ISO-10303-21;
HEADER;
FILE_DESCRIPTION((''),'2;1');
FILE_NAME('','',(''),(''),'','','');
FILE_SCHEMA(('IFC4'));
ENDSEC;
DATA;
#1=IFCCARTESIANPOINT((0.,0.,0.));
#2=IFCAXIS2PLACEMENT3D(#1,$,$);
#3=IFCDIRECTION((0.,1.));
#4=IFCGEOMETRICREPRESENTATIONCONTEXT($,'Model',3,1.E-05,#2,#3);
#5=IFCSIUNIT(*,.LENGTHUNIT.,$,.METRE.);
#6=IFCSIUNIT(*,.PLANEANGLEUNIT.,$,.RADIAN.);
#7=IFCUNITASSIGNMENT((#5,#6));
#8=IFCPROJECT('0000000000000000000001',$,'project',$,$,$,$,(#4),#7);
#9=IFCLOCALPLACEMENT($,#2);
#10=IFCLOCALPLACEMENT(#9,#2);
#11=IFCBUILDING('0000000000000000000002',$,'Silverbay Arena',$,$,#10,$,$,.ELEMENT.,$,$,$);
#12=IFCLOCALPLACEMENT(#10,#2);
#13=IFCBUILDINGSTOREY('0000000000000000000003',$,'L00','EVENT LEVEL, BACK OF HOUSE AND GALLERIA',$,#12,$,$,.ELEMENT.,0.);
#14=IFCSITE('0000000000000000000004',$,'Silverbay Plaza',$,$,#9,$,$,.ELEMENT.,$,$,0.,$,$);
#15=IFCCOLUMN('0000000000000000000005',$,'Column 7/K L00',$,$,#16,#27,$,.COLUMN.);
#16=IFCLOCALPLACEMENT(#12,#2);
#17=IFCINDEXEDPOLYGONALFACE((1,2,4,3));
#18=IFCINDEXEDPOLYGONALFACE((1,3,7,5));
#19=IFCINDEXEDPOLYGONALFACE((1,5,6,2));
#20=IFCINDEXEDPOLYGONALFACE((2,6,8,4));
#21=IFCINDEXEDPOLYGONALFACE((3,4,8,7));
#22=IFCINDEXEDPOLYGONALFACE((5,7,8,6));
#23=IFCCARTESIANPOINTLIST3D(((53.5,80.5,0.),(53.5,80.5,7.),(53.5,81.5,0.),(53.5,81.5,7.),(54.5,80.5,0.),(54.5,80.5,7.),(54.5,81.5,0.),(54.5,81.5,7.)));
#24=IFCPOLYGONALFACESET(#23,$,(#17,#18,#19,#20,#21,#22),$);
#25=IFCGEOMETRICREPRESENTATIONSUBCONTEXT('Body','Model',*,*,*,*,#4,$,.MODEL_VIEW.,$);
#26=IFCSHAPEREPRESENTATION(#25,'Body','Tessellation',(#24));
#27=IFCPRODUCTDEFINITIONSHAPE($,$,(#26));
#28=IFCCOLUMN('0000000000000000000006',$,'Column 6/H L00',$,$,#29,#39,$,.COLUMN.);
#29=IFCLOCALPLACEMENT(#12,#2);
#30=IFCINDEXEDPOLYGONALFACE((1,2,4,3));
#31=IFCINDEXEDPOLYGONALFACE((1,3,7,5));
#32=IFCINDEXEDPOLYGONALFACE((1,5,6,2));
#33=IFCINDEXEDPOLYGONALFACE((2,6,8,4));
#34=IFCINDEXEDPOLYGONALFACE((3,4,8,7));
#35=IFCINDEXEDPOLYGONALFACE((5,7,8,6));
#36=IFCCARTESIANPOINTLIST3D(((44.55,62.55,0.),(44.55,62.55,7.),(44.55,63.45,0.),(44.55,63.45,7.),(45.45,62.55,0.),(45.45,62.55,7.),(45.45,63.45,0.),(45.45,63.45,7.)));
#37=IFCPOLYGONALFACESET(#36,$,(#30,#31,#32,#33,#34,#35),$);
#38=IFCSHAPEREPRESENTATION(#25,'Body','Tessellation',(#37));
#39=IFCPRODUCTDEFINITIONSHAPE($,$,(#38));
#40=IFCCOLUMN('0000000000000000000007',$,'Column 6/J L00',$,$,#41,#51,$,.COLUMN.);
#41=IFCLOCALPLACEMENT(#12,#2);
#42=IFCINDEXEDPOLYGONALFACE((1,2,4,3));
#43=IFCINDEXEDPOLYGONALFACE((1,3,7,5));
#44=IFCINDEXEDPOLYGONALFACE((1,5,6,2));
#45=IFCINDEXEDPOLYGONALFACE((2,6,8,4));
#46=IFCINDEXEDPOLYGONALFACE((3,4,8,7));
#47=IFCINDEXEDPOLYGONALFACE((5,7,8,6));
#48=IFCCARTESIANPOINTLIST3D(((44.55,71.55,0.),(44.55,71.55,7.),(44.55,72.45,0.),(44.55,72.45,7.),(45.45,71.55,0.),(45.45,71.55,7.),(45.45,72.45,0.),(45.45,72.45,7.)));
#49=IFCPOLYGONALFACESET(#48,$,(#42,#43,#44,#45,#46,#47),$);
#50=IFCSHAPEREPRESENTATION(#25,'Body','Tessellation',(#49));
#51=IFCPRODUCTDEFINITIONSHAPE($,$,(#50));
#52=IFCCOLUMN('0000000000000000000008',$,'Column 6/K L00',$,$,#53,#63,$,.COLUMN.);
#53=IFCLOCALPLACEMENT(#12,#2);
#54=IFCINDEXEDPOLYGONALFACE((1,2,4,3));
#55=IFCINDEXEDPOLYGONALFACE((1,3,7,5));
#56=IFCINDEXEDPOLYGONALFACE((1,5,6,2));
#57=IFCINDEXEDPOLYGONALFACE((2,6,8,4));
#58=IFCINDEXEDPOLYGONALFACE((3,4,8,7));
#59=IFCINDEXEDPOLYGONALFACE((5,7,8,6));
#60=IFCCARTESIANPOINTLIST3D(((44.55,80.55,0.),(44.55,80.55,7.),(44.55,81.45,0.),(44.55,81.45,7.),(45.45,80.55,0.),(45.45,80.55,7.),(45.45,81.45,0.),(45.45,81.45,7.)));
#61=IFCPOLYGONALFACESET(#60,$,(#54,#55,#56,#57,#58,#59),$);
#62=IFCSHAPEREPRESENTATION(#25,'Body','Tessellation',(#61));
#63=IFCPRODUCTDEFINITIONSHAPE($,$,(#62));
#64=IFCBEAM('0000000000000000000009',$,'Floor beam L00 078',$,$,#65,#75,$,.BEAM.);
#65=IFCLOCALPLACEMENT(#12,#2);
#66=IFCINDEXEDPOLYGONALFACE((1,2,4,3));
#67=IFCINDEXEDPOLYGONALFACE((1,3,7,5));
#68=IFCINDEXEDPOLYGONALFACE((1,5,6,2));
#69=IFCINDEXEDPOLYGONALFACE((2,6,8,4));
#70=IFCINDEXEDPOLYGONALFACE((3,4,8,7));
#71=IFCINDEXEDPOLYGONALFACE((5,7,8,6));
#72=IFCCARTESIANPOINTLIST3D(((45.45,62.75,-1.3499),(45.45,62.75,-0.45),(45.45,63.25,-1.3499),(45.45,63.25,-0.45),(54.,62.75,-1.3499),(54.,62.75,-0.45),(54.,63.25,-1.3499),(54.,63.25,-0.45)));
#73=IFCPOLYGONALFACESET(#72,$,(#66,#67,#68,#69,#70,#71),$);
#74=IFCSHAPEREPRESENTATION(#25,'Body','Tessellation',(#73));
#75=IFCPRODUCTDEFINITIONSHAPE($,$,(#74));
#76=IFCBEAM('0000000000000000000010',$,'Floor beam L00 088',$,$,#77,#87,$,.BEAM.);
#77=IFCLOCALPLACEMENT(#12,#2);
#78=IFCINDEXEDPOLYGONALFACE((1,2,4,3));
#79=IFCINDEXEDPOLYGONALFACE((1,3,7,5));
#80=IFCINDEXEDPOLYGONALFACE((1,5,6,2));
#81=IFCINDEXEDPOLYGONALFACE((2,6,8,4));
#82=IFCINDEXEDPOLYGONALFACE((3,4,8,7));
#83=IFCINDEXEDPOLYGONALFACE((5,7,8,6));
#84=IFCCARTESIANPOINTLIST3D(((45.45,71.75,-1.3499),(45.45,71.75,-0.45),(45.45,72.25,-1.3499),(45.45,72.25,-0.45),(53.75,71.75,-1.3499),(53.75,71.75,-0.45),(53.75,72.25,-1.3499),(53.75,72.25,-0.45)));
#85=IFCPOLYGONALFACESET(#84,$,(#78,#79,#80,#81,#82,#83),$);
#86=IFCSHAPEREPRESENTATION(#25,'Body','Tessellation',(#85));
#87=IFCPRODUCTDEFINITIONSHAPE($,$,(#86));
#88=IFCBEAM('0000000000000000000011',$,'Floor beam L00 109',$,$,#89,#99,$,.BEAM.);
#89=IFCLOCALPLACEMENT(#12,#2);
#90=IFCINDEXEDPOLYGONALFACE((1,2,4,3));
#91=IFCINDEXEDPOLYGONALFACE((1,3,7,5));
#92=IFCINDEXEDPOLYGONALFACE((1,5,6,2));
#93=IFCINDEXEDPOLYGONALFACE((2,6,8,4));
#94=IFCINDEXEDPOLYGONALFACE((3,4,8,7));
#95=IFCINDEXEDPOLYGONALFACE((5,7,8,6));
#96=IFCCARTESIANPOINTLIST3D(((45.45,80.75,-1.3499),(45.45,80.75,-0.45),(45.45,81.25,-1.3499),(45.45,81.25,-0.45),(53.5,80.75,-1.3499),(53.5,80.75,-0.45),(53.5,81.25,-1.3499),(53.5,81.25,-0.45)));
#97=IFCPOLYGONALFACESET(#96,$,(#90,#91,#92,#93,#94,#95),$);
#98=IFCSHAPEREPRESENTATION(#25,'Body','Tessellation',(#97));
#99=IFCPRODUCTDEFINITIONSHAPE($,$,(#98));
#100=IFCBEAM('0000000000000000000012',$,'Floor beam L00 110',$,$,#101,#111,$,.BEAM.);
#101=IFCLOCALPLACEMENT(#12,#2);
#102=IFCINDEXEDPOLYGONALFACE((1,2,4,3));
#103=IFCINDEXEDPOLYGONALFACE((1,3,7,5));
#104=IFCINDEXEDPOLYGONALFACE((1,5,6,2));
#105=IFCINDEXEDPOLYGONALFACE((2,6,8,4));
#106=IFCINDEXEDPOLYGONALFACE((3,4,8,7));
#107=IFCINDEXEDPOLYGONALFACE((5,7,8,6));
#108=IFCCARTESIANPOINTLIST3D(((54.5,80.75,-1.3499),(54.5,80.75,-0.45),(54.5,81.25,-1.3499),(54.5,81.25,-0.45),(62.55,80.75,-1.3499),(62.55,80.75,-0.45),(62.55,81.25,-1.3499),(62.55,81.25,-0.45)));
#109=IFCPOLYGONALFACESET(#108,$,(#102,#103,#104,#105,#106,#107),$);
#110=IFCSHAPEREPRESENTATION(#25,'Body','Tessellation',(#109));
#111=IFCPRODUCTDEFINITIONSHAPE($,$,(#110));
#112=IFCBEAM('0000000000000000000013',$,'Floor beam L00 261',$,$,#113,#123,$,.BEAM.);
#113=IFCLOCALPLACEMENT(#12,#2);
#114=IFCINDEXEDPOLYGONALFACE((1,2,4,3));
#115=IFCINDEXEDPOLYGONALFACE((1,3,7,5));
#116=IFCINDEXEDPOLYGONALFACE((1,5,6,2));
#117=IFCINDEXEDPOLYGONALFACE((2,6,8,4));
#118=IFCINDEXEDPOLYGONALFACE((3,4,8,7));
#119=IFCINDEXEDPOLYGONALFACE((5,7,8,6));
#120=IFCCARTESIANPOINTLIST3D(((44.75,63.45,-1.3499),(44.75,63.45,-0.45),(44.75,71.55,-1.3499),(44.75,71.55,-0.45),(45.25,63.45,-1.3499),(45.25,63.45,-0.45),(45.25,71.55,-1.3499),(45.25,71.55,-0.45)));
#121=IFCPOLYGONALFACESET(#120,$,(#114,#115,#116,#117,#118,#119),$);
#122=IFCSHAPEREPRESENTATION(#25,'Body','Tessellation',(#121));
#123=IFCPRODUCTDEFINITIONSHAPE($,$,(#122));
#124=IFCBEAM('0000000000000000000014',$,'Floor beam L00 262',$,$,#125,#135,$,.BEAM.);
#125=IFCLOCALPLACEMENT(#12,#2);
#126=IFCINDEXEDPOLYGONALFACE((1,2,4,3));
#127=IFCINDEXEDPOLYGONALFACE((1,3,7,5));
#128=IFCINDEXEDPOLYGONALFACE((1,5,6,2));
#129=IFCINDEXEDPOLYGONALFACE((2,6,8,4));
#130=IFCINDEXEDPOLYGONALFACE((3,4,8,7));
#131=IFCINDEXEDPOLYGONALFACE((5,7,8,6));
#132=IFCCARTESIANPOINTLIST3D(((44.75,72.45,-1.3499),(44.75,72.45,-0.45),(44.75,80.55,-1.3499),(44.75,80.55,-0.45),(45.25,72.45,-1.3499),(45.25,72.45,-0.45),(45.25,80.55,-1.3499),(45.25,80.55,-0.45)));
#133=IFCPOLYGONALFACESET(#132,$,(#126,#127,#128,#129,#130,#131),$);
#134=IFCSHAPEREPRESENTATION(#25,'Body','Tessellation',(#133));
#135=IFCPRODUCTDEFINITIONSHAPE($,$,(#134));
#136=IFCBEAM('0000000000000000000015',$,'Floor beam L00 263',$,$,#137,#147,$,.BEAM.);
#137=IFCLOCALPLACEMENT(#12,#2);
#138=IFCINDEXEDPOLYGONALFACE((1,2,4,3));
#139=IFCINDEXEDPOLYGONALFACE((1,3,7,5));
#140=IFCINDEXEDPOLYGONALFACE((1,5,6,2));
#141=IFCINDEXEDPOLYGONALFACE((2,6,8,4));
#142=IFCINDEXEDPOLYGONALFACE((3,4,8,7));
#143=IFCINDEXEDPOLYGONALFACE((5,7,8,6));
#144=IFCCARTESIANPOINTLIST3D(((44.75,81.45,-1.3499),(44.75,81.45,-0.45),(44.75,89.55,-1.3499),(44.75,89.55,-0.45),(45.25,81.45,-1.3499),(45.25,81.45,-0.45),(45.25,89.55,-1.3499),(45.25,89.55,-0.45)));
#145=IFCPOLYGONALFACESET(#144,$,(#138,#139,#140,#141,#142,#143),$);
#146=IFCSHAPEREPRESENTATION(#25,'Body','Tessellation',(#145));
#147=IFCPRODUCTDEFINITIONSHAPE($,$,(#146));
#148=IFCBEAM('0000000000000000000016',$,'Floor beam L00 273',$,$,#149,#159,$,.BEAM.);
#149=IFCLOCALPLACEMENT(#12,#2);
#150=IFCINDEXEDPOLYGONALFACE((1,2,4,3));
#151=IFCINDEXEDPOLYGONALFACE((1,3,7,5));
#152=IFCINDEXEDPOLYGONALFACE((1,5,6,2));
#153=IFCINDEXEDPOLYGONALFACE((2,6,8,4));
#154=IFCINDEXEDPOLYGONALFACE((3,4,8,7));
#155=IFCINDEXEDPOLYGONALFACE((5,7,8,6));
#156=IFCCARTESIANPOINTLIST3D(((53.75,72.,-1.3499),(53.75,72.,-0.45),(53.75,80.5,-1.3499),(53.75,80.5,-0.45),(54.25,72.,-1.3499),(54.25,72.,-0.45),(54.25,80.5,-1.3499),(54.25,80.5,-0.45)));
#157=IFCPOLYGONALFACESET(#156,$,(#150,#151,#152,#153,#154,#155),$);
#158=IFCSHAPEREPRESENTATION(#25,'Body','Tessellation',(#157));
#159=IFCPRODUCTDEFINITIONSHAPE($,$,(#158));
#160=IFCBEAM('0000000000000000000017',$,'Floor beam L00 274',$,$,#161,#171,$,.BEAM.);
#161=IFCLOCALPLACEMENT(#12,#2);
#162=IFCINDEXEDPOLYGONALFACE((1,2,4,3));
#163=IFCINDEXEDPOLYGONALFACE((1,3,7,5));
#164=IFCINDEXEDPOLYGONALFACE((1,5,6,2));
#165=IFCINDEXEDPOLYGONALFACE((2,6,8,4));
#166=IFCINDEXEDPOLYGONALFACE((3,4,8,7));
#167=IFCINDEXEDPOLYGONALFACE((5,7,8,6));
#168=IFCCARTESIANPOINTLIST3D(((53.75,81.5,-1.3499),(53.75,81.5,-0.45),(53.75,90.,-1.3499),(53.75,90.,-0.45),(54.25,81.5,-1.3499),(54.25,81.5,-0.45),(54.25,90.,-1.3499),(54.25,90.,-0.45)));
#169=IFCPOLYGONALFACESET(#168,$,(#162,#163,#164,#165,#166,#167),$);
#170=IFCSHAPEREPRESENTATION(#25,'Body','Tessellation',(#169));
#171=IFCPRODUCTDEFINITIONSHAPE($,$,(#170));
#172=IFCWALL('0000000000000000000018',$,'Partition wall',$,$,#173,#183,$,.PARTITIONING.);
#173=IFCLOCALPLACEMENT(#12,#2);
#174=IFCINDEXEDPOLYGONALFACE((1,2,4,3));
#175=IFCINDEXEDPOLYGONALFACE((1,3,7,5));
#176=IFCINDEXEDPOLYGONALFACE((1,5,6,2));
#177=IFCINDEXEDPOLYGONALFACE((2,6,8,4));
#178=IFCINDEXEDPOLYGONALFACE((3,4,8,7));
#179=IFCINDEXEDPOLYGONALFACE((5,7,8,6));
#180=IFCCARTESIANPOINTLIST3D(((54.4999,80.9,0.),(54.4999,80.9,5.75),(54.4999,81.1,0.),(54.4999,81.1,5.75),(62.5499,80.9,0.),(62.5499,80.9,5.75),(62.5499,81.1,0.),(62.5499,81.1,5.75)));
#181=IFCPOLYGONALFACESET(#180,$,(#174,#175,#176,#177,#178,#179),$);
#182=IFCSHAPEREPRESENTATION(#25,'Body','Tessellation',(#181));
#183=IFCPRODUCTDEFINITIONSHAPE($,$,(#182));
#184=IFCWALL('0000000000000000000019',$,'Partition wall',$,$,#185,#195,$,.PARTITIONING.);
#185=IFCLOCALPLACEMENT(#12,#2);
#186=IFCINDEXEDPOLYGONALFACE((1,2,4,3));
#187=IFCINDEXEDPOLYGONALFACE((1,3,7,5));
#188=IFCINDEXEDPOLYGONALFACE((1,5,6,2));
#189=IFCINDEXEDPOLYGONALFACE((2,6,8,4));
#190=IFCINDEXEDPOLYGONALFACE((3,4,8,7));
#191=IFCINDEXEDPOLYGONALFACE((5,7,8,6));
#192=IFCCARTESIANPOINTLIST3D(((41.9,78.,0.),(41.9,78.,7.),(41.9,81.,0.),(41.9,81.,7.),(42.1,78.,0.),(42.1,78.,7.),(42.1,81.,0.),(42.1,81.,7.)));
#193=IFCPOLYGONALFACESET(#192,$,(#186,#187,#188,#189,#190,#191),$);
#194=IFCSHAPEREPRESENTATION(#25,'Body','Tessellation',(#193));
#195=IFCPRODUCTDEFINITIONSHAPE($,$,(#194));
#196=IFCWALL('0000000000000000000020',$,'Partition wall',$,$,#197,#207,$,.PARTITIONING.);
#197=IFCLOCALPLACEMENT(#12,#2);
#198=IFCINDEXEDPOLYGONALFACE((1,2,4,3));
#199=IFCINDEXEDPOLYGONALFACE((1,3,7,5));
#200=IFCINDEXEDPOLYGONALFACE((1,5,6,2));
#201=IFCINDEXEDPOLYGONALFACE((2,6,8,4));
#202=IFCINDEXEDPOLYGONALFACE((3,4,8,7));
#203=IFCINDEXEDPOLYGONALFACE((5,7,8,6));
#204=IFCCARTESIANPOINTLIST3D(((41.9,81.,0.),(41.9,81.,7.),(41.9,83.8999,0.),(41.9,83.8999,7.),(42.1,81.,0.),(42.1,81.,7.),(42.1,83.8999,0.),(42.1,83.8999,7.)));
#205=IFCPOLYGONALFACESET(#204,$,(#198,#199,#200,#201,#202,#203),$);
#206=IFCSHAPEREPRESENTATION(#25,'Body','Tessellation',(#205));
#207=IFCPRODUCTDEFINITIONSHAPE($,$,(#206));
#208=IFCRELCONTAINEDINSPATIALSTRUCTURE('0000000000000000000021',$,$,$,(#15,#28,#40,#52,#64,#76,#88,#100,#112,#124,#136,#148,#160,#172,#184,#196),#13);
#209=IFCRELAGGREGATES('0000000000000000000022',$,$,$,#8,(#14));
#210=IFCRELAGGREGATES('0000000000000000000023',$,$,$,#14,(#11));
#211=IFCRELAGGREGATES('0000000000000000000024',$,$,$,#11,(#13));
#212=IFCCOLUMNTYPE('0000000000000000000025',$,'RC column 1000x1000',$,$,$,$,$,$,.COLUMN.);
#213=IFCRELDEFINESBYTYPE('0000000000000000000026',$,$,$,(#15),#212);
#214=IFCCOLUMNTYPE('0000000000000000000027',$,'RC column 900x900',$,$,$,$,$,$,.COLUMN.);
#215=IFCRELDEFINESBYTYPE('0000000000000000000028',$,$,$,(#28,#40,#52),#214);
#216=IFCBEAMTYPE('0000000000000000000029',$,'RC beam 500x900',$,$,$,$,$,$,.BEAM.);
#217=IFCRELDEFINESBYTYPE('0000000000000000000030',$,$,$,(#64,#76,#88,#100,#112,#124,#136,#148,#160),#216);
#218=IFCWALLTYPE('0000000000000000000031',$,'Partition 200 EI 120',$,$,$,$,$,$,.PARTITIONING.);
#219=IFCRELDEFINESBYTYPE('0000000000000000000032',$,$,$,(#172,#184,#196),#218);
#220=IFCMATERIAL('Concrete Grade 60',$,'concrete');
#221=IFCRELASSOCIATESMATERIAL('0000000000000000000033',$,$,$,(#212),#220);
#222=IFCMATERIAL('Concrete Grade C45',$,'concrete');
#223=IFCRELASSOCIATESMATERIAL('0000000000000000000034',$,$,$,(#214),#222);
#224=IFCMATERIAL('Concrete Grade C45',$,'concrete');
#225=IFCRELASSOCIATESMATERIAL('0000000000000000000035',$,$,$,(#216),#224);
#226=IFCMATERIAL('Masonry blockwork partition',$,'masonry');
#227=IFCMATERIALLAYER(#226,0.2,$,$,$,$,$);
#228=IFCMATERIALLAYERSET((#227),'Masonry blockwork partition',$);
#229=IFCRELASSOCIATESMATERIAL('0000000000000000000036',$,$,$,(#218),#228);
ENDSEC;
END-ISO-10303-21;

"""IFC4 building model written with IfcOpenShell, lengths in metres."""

from ifc_helpers import new_model, si_unit, direction, frame, frame_2d, origin, origin_2d, place, context, subcontext, project, spatial, rectangle, extrude, material, layer, layer_set, material_profile, profile_set, type_object, element, save


model = new_model("IFC4")

# Units and contexts
model_context = context("Model", 3, precision=1e-05, world=origin(), true_north=direction((0.0, 1.0)))
body_context = subcontext(model_context, "Body", "Model", "MODEL_VIEW")
ifc_project = project(units=[si_unit("LENGTHUNIT", "METRE"), si_unit("PLANEANGLEUNIT", "RADIAN")], contexts=[model_context])

# Site, building, storey
site_placement = place(None, origin())
site = spatial("IfcSite", under=ifc_project, at=site_placement, Name="Silverbay Plaza", CompositionType="ELEMENT", RefElevation=0.0)
building_placement = place(site_placement, origin())
building = spatial("IfcBuilding", under=site, at=building_placement, Name="Silverbay Arena", CompositionType="ELEMENT")
storey_placement = place(building_placement, origin())
storey = spatial("IfcBuildingStorey", under=building, at=storey_placement, Name="L00", Description="EVENT LEVEL, BACK OF HOUSE AND GALLERIA", CompositionType="ELEMENT", Elevation=0.0)

# Columns
ifc_material_1 = material(Name="Concrete Grade 60", Category="concrete")
ifc_material_profile_1 = material_profile(ifc_material_1, rectangle(XDim=1.0, YDim=1.0, at=origin_2d()), Name="RC 1000x1000")
ifc_profile_set_1 = profile_set([ifc_material_profile_1], Name="Concrete Grade 60")
column_type_1 = type_object("IfcColumnType", Name="RC column 1000x1000", PredefinedType="COLUMN", material=ifc_profile_set_1)
column_placement = place(storey_placement, frame((54.0, 81.0, 0.0), z_axis=(0.0, 0.0, 1.0), x_axis=(1.0, 0.0, 0.0)))
element("IfcColumn", 1, at=column_placement, inside=storey, type_object=column_type_1, Name="Column 7/K L00", PredefinedType="COLUMN", context=body_context, shape_type="SweptSolid", body=[
    extrude(rectangle(XDim=1.0, YDim=1.0, at=origin_2d()), origin(), (0.0, 0.0, 1.0), 7.0),
])
ifc_material_2 = material(Name="Concrete Grade C45", Category="concrete")
ifc_material_profile_2 = material_profile(ifc_material_2, rectangle(XDim=0.8999, YDim=0.8999, at=origin_2d()), Name="RC 900x900")
ifc_profile_set_2 = profile_set([ifc_material_profile_2], Name="Concrete Grade C45")
column_type_2 = type_object("IfcColumnType", Name="RC column 900x900", PredefinedType="COLUMN", material=ifc_profile_set_2)
for number, where, z_axis, x_axis, name in (
    (2, (45.0, 63.0, 0.0), (0.0, 0.0, 1.0), (1.0, 0.0, 0.0), "Column 6/H L00"),
    (3, (45.0, 72.0, 0.0), (0.0, 0.0, 1.0), (1.0, 0.0, 0.0), "Column 6/J L00"),
    (4, (45.0, 81.0, 0.0), (0.0, 0.0, 1.0), (1.0, 0.0, 0.0), "Column 6/K L00"),
):
    element("IfcColumn", number, at=place(storey_placement, frame(where, z_axis=z_axis, x_axis=x_axis)), inside=storey, type_object=column_type_2, Name=name, PredefinedType="COLUMN", context=body_context, shape_type="SweptSolid", body=[
        extrude(rectangle(XDim=0.8999, YDim=0.8999, at=origin_2d()), origin(), (0.0, 0.0, 1.0), 7.0),
    ])

# Beams
ifc_material_3 = material(Name="Concrete Grade C45", Category="concrete")
ifc_material_profile_3 = material_profile(ifc_material_3, rectangle(XDim=0.5, YDim=0.8999, at=origin_2d()), Name="RC 500x900")
ifc_profile_set_3 = profile_set([ifc_material_profile_3], Name="Concrete Grade C45")
beam_type = type_object("IfcBeamType", Name="RC beam 500x900", PredefinedType="BEAM", material=ifc_profile_set_3)
beam_1_placement = place(storey_placement, frame((45.45, 63.0, -0.8999), z_axis=(1.0, 0.0, 0.0), x_axis=(0.0, 1.0, 0.0)))
element("IfcBeam", 5, at=beam_1_placement, inside=storey, type_object=beam_type, Name="Floor beam L00 078", PredefinedType="BEAM", context=body_context, shape_type="SweptSolid", body=[
    extrude(rectangle(XDim=0.5, YDim=0.8999, at=origin_2d()), origin(), (0.0, 0.0, 1.0), 8.55),
])
beam_2_placement = place(storey_placement, frame((45.45, 72.0, -0.8999), z_axis=(1.0, 0.0, 0.0), x_axis=(0.0, 1.0, 0.0)))
element("IfcBeam", 6, at=beam_2_placement, inside=storey, type_object=beam_type, Name="Floor beam L00 088", PredefinedType="BEAM", context=body_context, shape_type="SweptSolid", body=[
    extrude(rectangle(XDim=0.5, YDim=0.8999, at=origin_2d()), origin(), (0.0, 0.0, 1.0), 8.3),
])
for number, where, z_axis, x_axis, name in (
    (7, (45.45, 81.0, -0.8999), (1.0, 0.0, 0.0), (0.0, 1.0, 0.0), "Floor beam L00 109"),
    (8, (54.5, 81.0, -0.8999), (1.0, 0.0, 0.0), (0.0, 1.0, 0.0), "Floor beam L00 110"),
):
    element("IfcBeam", number, at=place(storey_placement, frame(where, z_axis=z_axis, x_axis=x_axis)), inside=storey, type_object=beam_type, Name=name, PredefinedType="BEAM", context=body_context, shape_type="SweptSolid", body=[
        extrude(rectangle(XDim=0.5, YDim=0.8999, at=origin_2d()), origin(), (0.0, 0.0, 1.0), 8.05),
    ])
for number, where, z_axis, x_axis, name in (
    (9, (45.0, 63.45, -0.8999), (0.0, 1.0, 0.0), (-1.0, 0.0, 0.0), "Floor beam L00 261"),
    (10, (45.0, 72.45, -0.8999), (0.0, 1.0, 0.0), (-1.0, 0.0, 0.0), "Floor beam L00 262"),
    (11, (45.0, 81.45, -0.8999), (0.0, 1.0, 0.0), (-1.0, 0.0, 0.0), "Floor beam L00 263"),
):
    element("IfcBeam", number, at=place(storey_placement, frame(where, z_axis=z_axis, x_axis=x_axis)), inside=storey, type_object=beam_type, Name=name, PredefinedType="BEAM", context=body_context, shape_type="SweptSolid", body=[
        extrude(rectangle(XDim=0.5, YDim=0.8999, at=origin_2d()), origin(), (0.0, 0.0, 1.0), 8.1001),
    ])
for number, where, z_axis, x_axis, name in (
    (12, (54.0, 72.0, -0.8999), (0.0, 1.0, 0.0), (-1.0, 0.0, 0.0), "Floor beam L00 273"),
    (13, (54.0, 81.5, -0.8999), (0.0, 1.0, 0.0), (-1.0, 0.0, 0.0), "Floor beam L00 274"),
):
    element("IfcBeam", number, at=place(storey_placement, frame(where, z_axis=z_axis, x_axis=x_axis)), inside=storey, type_object=beam_type, Name=name, PredefinedType="BEAM", context=body_context, shape_type="SweptSolid", body=[
        extrude(rectangle(XDim=0.5, YDim=0.8999, at=origin_2d()), origin(), (0.0, 0.0, 1.0), 8.5),
    ])

# Walls
ifc_material_4 = material(Name="Masonry blockwork partition", Category="masonry")
ifc_layer = layer(ifc_material_4, 0.2)
ifc_layer_set = layer_set([ifc_layer], Name="Masonry blockwork partition")
wall_type = type_object("IfcWallType", Name="Partition 200 EI 120", PredefinedType="PARTITIONING", material=ifc_layer_set)
wall_1_placement = place(storey_placement, frame((54.5, 81.0, 0.0), z_axis=(0.0, 0.0, 1.0), x_axis=(1.0, 0.0, 0.0)))
element("IfcWall", 14, at=wall_1_placement, inside=storey, type_object=wall_type, Name="Partition wall", PredefinedType="PARTITIONING", context=body_context, shape_type="SweptSolid", body=[
    extrude(rectangle(XDim=8.05, YDim=0.2, at=frame_2d((4.0249, 0.0))), origin(), (0.0, 0.0, 1.0), 5.75),
])
wall_2_placement = place(storey_placement, frame((42.0, 78.0, 0.0), z_axis=(0.0, 0.0, 1.0), x_axis=(0.0, 1.0, 0.0)))
element("IfcWall", 15, at=wall_2_placement, inside=storey, type_object=wall_type, Name="Partition wall", PredefinedType="PARTITIONING", context=body_context, shape_type="SweptSolid", body=[
    extrude(rectangle(XDim=3.0, YDim=0.2, at=frame_2d((1.5, 0.0))), origin(), (0.0, 0.0, 1.0), 7.0),
])
wall_3_placement = place(storey_placement, frame((42.0, 81.0, 0.0), z_axis=(0.0, 0.0, 1.0), x_axis=(0.0, 1.0, 0.0)))
element("IfcWall", 16, at=wall_3_placement, inside=storey, type_object=wall_type, Name="Partition wall", PredefinedType="PARTITIONING", context=body_context, shape_type="SweptSolid", body=[
    extrude(rectangle(XDim=2.8999, YDim=0.2, at=frame_2d((1.45, 0.0))), origin(), (0.0, 0.0, 1.0), 7.0),
])

save(model, "model.ifc")
